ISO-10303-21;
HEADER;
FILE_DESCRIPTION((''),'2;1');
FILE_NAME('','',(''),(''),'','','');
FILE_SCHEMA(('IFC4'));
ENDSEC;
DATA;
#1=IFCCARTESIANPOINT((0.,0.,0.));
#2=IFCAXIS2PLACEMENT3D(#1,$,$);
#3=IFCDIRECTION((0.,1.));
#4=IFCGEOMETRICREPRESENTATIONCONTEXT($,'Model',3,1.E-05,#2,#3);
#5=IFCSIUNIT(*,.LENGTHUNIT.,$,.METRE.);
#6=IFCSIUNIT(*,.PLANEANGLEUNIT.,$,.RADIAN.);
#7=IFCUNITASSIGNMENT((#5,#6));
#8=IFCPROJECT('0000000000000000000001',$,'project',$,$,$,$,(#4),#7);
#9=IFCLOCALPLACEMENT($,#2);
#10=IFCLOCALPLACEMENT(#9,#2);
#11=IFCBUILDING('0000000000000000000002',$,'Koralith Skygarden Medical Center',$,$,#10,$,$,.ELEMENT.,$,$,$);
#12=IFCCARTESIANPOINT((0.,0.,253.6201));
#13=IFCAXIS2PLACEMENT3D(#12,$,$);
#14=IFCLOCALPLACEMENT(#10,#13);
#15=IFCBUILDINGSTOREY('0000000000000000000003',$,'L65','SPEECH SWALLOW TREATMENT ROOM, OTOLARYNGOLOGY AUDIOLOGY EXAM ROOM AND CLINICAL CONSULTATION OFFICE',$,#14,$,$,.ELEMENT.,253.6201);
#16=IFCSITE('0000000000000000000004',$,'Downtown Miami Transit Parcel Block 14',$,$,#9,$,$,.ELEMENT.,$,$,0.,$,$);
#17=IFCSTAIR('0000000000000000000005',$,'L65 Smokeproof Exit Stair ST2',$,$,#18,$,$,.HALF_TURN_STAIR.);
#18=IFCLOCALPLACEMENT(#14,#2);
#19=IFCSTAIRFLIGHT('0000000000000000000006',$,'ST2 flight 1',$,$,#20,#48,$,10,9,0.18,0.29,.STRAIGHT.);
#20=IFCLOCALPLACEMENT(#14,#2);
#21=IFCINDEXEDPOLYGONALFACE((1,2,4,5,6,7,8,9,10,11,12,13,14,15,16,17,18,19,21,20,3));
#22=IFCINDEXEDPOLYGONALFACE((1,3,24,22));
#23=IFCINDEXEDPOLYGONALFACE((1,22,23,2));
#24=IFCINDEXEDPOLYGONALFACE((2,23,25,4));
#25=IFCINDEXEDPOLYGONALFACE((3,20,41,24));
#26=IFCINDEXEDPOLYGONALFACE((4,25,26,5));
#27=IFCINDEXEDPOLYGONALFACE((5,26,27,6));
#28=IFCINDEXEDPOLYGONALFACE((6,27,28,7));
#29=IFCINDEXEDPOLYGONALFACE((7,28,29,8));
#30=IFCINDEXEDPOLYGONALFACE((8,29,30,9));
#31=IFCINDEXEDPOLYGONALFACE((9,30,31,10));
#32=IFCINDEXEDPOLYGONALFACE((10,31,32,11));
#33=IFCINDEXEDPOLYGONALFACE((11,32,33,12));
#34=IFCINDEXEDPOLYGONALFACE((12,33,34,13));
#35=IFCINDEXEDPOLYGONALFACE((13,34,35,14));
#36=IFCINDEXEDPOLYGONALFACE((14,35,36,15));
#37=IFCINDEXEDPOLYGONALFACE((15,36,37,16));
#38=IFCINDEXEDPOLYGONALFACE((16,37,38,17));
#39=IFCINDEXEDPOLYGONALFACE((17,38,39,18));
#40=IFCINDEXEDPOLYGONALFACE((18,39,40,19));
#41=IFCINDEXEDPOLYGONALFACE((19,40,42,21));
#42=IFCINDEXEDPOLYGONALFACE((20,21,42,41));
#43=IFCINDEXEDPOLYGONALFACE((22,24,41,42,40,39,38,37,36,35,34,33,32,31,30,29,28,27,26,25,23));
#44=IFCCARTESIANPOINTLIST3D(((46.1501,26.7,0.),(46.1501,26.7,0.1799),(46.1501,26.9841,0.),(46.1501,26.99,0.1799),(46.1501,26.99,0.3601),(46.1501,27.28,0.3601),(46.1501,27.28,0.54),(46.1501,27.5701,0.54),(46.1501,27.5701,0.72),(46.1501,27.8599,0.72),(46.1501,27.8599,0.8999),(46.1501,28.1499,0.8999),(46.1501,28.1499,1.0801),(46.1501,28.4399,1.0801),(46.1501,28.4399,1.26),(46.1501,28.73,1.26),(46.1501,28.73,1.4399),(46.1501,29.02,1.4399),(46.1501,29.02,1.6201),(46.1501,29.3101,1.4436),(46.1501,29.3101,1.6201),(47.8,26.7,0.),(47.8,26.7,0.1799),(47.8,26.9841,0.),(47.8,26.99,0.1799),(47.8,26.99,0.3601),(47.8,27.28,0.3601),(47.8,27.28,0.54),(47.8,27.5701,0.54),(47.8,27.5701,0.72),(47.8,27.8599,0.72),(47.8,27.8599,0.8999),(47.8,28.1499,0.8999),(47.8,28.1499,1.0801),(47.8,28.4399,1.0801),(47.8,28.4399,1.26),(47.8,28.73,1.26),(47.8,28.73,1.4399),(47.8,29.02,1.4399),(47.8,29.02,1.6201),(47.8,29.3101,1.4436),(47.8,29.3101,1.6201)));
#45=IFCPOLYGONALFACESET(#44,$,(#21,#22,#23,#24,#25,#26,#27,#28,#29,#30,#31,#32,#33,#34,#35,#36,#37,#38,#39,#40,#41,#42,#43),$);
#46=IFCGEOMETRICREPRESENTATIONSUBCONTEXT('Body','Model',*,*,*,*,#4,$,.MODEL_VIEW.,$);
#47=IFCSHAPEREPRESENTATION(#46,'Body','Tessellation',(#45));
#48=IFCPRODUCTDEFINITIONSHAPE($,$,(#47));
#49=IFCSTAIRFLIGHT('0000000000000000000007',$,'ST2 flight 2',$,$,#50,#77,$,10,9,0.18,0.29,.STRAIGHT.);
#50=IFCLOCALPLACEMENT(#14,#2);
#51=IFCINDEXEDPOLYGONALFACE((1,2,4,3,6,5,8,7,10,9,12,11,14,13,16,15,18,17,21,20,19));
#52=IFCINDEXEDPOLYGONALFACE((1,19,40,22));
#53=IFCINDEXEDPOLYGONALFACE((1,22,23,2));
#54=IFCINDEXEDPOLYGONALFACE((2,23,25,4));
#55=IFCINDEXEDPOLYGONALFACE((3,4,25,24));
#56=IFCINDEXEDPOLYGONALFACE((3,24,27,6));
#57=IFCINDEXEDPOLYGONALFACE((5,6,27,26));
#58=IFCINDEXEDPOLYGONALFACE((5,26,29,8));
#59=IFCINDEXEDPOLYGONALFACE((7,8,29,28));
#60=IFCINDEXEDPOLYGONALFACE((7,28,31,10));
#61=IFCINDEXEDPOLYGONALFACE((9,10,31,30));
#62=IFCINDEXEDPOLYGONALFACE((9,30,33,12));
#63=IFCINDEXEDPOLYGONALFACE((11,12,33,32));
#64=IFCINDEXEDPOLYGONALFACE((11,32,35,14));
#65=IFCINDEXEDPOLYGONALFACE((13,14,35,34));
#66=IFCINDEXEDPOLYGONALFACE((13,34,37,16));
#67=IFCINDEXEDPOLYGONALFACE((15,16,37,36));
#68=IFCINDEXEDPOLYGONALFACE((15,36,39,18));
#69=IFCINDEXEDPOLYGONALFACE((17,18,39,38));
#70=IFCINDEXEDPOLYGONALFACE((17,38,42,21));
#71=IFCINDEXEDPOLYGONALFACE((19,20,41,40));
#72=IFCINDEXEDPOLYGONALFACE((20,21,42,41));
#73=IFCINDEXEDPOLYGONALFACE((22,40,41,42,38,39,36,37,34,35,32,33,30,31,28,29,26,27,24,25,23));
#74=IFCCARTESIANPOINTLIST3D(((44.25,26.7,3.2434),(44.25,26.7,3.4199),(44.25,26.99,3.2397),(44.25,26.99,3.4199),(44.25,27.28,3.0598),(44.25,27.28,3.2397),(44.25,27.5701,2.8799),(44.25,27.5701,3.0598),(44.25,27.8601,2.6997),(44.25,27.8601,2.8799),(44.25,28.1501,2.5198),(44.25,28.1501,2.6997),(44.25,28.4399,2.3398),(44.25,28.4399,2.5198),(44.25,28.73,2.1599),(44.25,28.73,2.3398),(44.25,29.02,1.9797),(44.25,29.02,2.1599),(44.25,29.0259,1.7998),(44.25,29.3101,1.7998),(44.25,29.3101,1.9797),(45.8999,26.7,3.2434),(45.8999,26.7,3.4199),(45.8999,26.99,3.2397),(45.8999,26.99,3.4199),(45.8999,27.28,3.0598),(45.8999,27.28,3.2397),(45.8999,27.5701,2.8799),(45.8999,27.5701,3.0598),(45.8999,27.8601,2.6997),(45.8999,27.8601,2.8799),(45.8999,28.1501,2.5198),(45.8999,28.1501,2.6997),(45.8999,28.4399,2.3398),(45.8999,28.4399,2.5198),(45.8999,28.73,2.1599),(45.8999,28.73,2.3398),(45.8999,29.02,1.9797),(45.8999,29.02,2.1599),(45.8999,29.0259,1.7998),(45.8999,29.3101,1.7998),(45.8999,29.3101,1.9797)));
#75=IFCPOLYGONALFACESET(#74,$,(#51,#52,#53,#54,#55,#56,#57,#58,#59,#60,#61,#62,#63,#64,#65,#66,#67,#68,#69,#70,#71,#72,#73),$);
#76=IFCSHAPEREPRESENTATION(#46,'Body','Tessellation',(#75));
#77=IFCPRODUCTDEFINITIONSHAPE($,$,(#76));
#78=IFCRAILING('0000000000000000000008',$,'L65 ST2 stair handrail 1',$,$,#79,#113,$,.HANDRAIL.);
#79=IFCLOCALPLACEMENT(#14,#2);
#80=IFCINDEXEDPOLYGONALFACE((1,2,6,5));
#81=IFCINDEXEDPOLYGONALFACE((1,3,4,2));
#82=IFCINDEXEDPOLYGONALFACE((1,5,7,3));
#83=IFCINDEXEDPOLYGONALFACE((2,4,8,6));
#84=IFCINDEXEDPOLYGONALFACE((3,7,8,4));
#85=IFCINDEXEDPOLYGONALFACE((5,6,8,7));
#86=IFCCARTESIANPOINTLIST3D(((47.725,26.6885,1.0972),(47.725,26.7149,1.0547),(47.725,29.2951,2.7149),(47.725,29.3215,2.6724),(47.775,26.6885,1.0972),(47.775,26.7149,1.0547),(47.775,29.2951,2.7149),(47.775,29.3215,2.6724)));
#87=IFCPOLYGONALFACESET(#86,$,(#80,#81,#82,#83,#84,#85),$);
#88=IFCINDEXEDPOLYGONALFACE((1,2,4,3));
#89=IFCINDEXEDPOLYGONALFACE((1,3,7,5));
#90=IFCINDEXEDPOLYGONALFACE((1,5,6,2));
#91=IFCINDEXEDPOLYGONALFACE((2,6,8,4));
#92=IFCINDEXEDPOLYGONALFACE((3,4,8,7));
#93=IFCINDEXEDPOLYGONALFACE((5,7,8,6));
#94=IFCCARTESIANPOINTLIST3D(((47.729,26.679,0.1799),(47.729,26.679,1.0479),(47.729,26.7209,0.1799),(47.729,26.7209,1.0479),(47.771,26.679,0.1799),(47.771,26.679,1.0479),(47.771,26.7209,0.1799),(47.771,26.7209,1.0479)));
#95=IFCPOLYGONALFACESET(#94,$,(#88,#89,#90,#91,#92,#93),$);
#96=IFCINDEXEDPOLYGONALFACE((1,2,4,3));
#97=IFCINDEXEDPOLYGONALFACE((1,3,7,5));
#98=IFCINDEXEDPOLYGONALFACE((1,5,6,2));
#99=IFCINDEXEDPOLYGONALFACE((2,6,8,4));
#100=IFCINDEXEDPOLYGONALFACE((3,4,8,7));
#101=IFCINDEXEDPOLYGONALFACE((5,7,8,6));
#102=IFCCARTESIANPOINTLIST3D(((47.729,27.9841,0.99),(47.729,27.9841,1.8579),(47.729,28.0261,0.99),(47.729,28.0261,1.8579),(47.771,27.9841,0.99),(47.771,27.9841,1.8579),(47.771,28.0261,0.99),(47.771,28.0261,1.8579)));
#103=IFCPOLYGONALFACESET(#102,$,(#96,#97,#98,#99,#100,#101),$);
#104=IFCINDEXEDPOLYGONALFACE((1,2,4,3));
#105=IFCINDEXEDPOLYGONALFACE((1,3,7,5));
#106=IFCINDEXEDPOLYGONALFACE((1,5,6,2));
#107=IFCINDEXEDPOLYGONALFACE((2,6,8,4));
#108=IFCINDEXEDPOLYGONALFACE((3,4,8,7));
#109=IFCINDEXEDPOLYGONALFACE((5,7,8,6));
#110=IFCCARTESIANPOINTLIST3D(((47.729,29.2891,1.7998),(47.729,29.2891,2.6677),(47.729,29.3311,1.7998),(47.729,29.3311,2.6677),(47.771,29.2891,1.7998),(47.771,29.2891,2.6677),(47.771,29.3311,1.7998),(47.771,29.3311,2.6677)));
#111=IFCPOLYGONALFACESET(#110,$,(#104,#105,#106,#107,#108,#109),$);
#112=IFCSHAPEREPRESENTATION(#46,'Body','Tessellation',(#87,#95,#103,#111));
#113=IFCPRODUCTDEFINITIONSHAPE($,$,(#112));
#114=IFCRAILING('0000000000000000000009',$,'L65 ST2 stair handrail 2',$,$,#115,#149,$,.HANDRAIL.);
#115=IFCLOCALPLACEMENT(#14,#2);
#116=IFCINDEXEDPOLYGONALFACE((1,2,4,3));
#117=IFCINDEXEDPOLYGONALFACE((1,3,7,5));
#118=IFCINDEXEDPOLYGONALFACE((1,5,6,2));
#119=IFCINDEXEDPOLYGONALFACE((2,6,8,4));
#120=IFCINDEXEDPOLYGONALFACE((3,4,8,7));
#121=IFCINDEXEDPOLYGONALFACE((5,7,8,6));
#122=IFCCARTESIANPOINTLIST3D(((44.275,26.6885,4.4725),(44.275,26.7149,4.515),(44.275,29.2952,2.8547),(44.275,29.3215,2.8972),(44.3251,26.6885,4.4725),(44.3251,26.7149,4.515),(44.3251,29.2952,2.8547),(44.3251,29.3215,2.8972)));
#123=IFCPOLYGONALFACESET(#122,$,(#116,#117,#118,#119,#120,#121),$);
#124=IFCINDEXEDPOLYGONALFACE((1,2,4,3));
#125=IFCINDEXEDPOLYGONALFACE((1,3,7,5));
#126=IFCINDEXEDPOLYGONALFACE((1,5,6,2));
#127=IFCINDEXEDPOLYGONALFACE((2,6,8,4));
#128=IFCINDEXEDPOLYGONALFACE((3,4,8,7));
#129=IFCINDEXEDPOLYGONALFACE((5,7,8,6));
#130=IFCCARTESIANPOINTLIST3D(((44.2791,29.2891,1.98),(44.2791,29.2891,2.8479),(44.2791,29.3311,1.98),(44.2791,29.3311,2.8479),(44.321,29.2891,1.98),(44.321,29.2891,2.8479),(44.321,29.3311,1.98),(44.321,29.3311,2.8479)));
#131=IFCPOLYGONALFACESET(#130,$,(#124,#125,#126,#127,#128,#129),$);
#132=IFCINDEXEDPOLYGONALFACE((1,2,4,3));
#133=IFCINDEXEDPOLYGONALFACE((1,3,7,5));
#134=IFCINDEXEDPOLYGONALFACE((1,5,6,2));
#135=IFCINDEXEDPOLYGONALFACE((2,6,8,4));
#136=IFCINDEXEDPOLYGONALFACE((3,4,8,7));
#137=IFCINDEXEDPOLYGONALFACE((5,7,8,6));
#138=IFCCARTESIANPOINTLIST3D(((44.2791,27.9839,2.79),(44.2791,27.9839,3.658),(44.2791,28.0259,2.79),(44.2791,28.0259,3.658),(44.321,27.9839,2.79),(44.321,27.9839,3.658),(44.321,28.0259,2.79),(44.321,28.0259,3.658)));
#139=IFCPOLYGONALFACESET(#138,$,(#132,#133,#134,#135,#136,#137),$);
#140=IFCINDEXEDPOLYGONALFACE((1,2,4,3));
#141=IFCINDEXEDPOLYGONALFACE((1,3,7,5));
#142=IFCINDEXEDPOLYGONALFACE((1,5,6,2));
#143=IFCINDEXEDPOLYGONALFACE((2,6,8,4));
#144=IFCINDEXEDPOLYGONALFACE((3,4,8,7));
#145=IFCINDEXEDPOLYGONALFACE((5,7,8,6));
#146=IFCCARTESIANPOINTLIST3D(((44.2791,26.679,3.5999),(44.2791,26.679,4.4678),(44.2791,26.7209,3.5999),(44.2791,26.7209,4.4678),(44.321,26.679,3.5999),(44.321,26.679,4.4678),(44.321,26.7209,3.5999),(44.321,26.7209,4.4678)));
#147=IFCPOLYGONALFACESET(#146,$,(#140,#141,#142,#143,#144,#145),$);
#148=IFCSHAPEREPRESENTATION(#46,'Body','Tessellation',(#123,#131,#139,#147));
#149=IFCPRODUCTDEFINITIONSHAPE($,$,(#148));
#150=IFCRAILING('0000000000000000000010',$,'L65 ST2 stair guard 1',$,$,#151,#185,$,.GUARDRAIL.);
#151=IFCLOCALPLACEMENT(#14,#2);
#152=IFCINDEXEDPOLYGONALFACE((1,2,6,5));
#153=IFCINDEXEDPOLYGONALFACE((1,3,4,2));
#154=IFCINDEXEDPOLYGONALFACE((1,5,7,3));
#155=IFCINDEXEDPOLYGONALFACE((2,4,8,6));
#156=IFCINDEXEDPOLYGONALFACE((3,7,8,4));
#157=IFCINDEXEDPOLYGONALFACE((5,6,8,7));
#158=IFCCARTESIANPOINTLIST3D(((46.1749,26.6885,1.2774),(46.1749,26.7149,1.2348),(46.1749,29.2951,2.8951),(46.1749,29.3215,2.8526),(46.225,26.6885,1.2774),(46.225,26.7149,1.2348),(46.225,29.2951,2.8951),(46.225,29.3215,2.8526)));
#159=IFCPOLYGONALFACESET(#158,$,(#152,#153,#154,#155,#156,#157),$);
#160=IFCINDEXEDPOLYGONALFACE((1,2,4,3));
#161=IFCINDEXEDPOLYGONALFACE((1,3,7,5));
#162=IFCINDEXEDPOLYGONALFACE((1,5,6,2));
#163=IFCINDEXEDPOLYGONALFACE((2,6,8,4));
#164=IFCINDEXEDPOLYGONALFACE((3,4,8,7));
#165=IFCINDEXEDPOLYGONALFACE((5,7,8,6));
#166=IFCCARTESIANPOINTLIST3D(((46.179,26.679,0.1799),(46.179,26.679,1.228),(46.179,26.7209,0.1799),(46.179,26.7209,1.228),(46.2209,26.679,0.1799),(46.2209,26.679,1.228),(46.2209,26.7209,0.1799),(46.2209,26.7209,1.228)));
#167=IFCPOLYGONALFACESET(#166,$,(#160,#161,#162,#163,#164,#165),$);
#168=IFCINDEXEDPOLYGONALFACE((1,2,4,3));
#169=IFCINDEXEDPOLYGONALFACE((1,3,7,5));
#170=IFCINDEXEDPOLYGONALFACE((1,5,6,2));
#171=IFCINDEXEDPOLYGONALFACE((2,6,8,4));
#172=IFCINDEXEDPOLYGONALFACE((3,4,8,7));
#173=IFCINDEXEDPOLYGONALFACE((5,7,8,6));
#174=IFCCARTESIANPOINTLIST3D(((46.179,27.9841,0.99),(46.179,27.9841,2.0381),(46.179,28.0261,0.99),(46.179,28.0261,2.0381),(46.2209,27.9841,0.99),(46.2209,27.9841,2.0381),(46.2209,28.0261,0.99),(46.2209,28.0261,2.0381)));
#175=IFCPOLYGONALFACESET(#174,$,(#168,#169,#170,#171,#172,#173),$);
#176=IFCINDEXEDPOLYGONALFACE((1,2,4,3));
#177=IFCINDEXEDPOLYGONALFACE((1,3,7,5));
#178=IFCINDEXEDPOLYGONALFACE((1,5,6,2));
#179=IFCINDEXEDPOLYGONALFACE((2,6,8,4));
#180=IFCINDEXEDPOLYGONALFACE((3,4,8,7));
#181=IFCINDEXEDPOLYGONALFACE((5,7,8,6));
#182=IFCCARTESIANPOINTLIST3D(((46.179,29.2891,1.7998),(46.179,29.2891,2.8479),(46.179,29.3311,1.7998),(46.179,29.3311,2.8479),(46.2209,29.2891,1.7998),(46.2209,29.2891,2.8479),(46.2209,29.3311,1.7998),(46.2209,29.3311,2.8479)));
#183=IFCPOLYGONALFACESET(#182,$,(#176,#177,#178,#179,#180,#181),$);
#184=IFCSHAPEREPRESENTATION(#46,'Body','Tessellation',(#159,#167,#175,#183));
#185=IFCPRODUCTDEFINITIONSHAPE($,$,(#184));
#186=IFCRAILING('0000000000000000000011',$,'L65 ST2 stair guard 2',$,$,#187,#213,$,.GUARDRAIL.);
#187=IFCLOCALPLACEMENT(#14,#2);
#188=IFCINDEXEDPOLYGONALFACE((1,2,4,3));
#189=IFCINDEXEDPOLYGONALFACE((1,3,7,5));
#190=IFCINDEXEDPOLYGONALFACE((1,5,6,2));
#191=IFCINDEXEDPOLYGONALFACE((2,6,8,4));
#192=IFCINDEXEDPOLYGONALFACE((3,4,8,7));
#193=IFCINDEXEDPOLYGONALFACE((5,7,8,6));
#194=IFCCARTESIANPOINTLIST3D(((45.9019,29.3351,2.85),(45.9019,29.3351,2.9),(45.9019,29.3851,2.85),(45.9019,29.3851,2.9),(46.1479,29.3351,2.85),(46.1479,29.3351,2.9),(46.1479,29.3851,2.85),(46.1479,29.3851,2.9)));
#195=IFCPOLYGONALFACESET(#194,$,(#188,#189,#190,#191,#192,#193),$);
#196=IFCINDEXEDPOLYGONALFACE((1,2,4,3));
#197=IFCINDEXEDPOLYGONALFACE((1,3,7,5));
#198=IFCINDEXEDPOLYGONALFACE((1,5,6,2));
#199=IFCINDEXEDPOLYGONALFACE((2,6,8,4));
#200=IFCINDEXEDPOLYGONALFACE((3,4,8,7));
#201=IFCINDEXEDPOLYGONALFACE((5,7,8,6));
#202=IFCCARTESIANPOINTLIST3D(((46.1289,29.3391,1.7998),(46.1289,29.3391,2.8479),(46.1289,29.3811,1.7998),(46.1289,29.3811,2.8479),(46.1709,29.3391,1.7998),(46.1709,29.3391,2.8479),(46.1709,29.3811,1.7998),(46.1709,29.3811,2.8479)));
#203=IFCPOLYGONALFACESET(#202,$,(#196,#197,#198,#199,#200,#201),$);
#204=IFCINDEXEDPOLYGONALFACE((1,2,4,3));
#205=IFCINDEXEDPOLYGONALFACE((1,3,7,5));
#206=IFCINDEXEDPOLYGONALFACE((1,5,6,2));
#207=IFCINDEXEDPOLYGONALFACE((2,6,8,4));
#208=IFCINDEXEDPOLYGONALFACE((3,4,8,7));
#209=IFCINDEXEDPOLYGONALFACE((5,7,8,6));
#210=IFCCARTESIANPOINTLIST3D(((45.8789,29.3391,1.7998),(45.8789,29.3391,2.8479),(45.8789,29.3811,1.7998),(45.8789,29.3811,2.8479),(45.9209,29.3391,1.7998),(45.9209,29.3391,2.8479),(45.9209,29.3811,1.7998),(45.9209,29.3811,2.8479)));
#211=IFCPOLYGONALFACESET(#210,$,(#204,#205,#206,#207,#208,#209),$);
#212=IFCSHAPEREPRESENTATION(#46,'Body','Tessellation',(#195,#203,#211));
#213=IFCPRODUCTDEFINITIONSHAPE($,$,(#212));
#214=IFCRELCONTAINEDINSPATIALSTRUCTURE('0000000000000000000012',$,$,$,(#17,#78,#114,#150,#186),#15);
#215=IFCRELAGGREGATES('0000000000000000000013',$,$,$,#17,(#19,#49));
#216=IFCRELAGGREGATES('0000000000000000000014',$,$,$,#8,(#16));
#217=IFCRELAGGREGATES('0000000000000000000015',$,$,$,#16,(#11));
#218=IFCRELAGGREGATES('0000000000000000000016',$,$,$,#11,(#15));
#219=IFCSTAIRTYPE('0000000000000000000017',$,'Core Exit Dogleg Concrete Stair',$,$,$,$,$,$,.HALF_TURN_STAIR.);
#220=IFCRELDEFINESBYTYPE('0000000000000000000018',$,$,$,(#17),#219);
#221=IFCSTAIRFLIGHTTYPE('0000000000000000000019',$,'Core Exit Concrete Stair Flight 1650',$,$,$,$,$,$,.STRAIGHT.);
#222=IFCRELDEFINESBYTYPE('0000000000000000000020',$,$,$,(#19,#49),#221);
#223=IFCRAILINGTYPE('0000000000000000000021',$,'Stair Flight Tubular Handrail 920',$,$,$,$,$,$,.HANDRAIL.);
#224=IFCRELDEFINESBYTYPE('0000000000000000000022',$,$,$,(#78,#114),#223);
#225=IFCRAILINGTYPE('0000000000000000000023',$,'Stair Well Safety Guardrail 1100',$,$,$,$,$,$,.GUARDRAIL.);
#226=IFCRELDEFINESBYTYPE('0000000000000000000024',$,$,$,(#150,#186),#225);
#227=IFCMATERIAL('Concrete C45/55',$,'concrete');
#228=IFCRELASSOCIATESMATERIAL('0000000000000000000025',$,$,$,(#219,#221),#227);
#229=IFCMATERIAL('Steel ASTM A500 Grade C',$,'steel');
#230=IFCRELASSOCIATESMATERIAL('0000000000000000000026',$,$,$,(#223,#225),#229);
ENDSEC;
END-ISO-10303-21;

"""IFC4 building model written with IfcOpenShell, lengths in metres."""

from ifc_helpers import new_model, si_unit, direction, frame, origin, origin_2d, place, context, subcontext, project, spatial, polyline, rectangle, outline, extrude, material, type_object, element, aggregate, save


model = new_model("IFC4")

# Units and contexts
model_context = context("Model", 3, precision=1e-05, world=origin(), true_north=direction((0.0, 1.0)))
body_context = subcontext(model_context, "Body", "Model", "MODEL_VIEW")
ifc_project = project(units=[si_unit("LENGTHUNIT", "METRE"), si_unit("PLANEANGLEUNIT", "RADIAN")], contexts=[model_context])

# Site, building, storey
site_placement = place(None, origin())
site = spatial("IfcSite", under=ifc_project, at=site_placement, Name="Downtown Miami Transit Parcel Block 14", CompositionType="ELEMENT", RefElevation=0.0)
building_placement = place(site_placement, origin())
building = spatial("IfcBuilding", under=site, at=building_placement, Name="Koralith Skygarden Medical Center", CompositionType="ELEMENT")
storey_placement = place(building_placement, frame((0.0, 0.0, 253.6201)))
storey = spatial("IfcBuildingStorey", under=building, at=storey_placement, Name="L65", Description="SPEECH SWALLOW TREATMENT ROOM, OTOLARYNGOLOGY AUDIOLOGY EXAM ROOM AND CLINICAL CONSULTATION OFFICE", CompositionType="ELEMENT", Elevation=253.6201)

# Shared definitions
ifc_material_1 = material(Name="Concrete C45/55", Category="concrete")

# Shared definitions
ifc_material_2 = material(Name="Steel ASTM A500 Grade C", Category="steel")

# Stair, stair flights
stair_type = type_object("IfcStairType", Name="Core Exit Dogleg Concrete Stair", PredefinedType="HALF_TURN_STAIR", material=ifc_material_1)
stair_placement = place(storey_placement, origin())
stair = element("IfcStair", 1, at=stair_placement, inside=storey, type_object=stair_type, Name="L65 Smokeproof Exit Stair ST2", PredefinedType="HALF_TURN_STAIR")
stair_flight_type = type_object("IfcStairFlightType", Name="Core Exit Concrete Stair Flight 1650", PredefinedType="STRAIGHT", material=ifc_material_1)
stair_flight_1_placement = place(storey_placement, frame((46.9751, 26.7, 0.0), z_axis=(0.0, 0.0, 1.0), x_axis=(0.0, 1.0, 0.0)))
stair_flight_1 = element("IfcStairFlight", 2, at=stair_flight_1_placement, type_object=stair_flight_type, Name="ST2 flight 1", NumberOfRisers=10, NumberOfTreads=9, PredefinedType="STRAIGHT", RiserHeight=0.18, TreadLength=0.29, context=body_context, shape_type="SweptSolid", body=[
    extrude(outline(polyline([(0.0, 0.0), (0.0, 0.1799), (0.29, 0.1799), (0.29, 0.3601), (0.5801, 0.3601), (0.5801, 0.54), (0.8701, 0.54), (0.8701, 0.72), (1.1599, 0.72), (1.1599, 0.8999), (1.45, 0.8999), (1.45, 1.0801), (1.74, 1.0801), (1.74, 1.26), (2.03, 1.26), (2.03, 1.4399), (2.3201, 1.4399), (2.3201, 1.6201), (2.6101, 1.6201), (2.6101, 1.8), (2.6101, 1.4436), (0.2842, 0.0), (0.0, 0.0)])), frame((0.0, 0.825, 0.0), z_axis=(0.0, -1.0, 0.0), x_axis=(1.0, 0.0, 0.0)), (0.0, 0.0, 1.0), 1.6499),
])
stair_flight_2_placement = place(storey_placement, frame((45.075, 29.3101, 1.7998), z_axis=(0.0, 0.0, 1.0), x_axis=(0.0, -1.0, 0.0)))
stair_flight_2 = element("IfcStairFlight", 3, at=stair_flight_2_placement, type_object=stair_flight_type, Name="ST2 flight 2", NumberOfRisers=10, NumberOfTreads=9, PredefinedType="STRAIGHT", RiserHeight=0.18, TreadLength=0.29, context=body_context, shape_type="SweptSolid", body=[
    extrude(outline(polyline([(0.0, 0.0), (0.0, 0.1799), (0.29, 0.1799), (0.29, 0.3601), (0.5801, 0.3601), (0.5801, 0.54), (0.8701, 0.54), (0.8701, 0.72), (1.1599, 0.72), (1.1599, 0.8999), (1.45, 0.8999), (1.45, 1.0801), (1.74, 1.0801), (1.74, 1.26), (2.03, 1.26), (2.03, 1.4399), (2.3201, 1.4399), (2.3201, 1.6201), (2.6101, 1.6201), (2.6101, 1.8), (2.6101, 1.4436), (0.2842, 0.0), (0.0, 0.0)])), frame((0.0, 0.825, 0.0), z_axis=(0.0, -1.0, 0.0), x_axis=(1.0, 0.0, 0.0)), (0.0, 0.0, 1.0), 1.6499),
])
aggregate(stair, [stair_flight_1, stair_flight_2])

# Railings
railing_type_1 = type_object("IfcRailingType", Name="Stair Flight Tubular Handrail 920", PredefinedType="HANDRAIL", material=ifc_material_2)
railing_1_placement = place(storey_placement, frame((47.75, 26.7, 0.1799)))
element("IfcRailing", 4, at=railing_1_placement, inside=storey, type_object=railing_type_1, Name="L65 ST2 stair handrail 1", PredefinedType="HANDRAIL", context=body_context, shape_type="SweptSolid", body=[
    extrude(rectangle(XDim=0.05, YDim=0.05, at=origin_2d()), frame((0.0, 0.0017, 0.896), z_axis=(0.0, 0.849668, 0.527317), x_axis=(-1.0, 0.0, 0.0)), (0.0, 0.0, 1.0), 3.0679),
    extrude(rectangle(XDim=0.042, YDim=0.042, at=origin_2d()), origin(), (0.0, 0.0, 1.0), 0.8679),
    extrude(rectangle(XDim=0.042, YDim=0.042, at=origin_2d()), frame((0.0, 1.3052, 0.8101)), (0.0, 0.0, 1.0), 0.8679),
    extrude(rectangle(XDim=0.042, YDim=0.042, at=origin_2d()), frame((0.0, 2.6101, 1.6199)), (0.0, 0.0, 1.0), 0.8679),
])
railing_2_placement = place(storey_placement, frame((44.3, 29.3101, 1.98)))
element("IfcRailing", 5, at=railing_2_placement, inside=storey, type_object=railing_type_1, Name="L65 ST2 stair handrail 2", PredefinedType="HANDRAIL", context=body_context, shape_type="SweptSolid", body=[
    extrude(rectangle(XDim=0.05, YDim=0.05, at=origin_2d()), frame((0.0, -0.0017, 0.896), z_axis=(0.0, -0.849668, 0.527317), x_axis=(1.0, 0.0, 0.0)), (0.0, 0.0, 1.0), 3.0679),
    extrude(rectangle(XDim=0.042, YDim=0.042, at=origin_2d()), origin(), (0.0, 0.0, 1.0), 0.8679),
    extrude(rectangle(XDim=0.042, YDim=0.042, at=origin_2d()), frame((0.0, -1.3052, 0.8101)), (0.0, 0.0, 1.0), 0.8679),
    extrude(rectangle(XDim=0.042, YDim=0.042, at=origin_2d()), frame((0.0, -2.6101, 1.6199)), (0.0, 0.0, 1.0), 0.8679),
])
railing_type_2 = type_object("IfcRailingType", Name="Stair Well Safety Guardrail 1100", PredefinedType="GUARDRAIL", material=ifc_material_2)
railing_3_placement = place(storey_placement, frame((46.2, 26.7, 0.1799)))
element("IfcRailing", 6, at=railing_3_placement, inside=storey, type_object=railing_type_2, Name="L65 ST2 stair guard 1", PredefinedType="GUARDRAIL", context=body_context, shape_type="SweptSolid", body=[
    extrude(rectangle(XDim=0.05, YDim=0.05, at=origin_2d()), frame((0.0, 0.0017, 1.0762), z_axis=(0.0, 0.849668, 0.527317), x_axis=(-1.0, 0.0, 0.0)), (0.0, 0.0, 1.0), 3.0679),
    extrude(rectangle(XDim=0.042, YDim=0.042, at=origin_2d()), origin(), (0.0, 0.0, 1.0), 1.0481),
    extrude(rectangle(XDim=0.042, YDim=0.042, at=origin_2d()), frame((0.0, 1.3052, 0.8101)), (0.0, 0.0, 1.0), 1.0481),
    extrude(rectangle(XDim=0.042, YDim=0.042, at=origin_2d()), frame((0.0, 2.6101, 1.6199)), (0.0, 0.0, 1.0), 1.0481),
])
railing_4_placement = place(storey_placement, frame((46.1499, 29.3601, 1.7998)))
element("IfcRailing", 7, at=railing_4_placement, inside=storey, type_object=railing_type_2, Name="L65 ST2 stair guard 2", PredefinedType="GUARDRAIL", context=body_context, shape_type="SweptSolid", body=[
    extrude(rectangle(XDim=0.05, YDim=0.05, at=origin_2d()), frame((-0.002, 0.0, 1.0752), z_axis=(-1.0, 0.0, 0.0), x_axis=(0.0, -1.0, 0.0)), (0.0, 0.0, 1.0), 0.2461),
    extrude(rectangle(XDim=0.042, YDim=0.042, at=origin_2d()), origin(), (0.0, 0.0, 1.0), 1.0481),
    extrude(rectangle(XDim=0.042, YDim=0.042, at=origin_2d()), frame((-0.25, 0.0, 0.0)), (0.0, 0.0, 1.0), 1.0481),
])

save(model, "model.ifc")
